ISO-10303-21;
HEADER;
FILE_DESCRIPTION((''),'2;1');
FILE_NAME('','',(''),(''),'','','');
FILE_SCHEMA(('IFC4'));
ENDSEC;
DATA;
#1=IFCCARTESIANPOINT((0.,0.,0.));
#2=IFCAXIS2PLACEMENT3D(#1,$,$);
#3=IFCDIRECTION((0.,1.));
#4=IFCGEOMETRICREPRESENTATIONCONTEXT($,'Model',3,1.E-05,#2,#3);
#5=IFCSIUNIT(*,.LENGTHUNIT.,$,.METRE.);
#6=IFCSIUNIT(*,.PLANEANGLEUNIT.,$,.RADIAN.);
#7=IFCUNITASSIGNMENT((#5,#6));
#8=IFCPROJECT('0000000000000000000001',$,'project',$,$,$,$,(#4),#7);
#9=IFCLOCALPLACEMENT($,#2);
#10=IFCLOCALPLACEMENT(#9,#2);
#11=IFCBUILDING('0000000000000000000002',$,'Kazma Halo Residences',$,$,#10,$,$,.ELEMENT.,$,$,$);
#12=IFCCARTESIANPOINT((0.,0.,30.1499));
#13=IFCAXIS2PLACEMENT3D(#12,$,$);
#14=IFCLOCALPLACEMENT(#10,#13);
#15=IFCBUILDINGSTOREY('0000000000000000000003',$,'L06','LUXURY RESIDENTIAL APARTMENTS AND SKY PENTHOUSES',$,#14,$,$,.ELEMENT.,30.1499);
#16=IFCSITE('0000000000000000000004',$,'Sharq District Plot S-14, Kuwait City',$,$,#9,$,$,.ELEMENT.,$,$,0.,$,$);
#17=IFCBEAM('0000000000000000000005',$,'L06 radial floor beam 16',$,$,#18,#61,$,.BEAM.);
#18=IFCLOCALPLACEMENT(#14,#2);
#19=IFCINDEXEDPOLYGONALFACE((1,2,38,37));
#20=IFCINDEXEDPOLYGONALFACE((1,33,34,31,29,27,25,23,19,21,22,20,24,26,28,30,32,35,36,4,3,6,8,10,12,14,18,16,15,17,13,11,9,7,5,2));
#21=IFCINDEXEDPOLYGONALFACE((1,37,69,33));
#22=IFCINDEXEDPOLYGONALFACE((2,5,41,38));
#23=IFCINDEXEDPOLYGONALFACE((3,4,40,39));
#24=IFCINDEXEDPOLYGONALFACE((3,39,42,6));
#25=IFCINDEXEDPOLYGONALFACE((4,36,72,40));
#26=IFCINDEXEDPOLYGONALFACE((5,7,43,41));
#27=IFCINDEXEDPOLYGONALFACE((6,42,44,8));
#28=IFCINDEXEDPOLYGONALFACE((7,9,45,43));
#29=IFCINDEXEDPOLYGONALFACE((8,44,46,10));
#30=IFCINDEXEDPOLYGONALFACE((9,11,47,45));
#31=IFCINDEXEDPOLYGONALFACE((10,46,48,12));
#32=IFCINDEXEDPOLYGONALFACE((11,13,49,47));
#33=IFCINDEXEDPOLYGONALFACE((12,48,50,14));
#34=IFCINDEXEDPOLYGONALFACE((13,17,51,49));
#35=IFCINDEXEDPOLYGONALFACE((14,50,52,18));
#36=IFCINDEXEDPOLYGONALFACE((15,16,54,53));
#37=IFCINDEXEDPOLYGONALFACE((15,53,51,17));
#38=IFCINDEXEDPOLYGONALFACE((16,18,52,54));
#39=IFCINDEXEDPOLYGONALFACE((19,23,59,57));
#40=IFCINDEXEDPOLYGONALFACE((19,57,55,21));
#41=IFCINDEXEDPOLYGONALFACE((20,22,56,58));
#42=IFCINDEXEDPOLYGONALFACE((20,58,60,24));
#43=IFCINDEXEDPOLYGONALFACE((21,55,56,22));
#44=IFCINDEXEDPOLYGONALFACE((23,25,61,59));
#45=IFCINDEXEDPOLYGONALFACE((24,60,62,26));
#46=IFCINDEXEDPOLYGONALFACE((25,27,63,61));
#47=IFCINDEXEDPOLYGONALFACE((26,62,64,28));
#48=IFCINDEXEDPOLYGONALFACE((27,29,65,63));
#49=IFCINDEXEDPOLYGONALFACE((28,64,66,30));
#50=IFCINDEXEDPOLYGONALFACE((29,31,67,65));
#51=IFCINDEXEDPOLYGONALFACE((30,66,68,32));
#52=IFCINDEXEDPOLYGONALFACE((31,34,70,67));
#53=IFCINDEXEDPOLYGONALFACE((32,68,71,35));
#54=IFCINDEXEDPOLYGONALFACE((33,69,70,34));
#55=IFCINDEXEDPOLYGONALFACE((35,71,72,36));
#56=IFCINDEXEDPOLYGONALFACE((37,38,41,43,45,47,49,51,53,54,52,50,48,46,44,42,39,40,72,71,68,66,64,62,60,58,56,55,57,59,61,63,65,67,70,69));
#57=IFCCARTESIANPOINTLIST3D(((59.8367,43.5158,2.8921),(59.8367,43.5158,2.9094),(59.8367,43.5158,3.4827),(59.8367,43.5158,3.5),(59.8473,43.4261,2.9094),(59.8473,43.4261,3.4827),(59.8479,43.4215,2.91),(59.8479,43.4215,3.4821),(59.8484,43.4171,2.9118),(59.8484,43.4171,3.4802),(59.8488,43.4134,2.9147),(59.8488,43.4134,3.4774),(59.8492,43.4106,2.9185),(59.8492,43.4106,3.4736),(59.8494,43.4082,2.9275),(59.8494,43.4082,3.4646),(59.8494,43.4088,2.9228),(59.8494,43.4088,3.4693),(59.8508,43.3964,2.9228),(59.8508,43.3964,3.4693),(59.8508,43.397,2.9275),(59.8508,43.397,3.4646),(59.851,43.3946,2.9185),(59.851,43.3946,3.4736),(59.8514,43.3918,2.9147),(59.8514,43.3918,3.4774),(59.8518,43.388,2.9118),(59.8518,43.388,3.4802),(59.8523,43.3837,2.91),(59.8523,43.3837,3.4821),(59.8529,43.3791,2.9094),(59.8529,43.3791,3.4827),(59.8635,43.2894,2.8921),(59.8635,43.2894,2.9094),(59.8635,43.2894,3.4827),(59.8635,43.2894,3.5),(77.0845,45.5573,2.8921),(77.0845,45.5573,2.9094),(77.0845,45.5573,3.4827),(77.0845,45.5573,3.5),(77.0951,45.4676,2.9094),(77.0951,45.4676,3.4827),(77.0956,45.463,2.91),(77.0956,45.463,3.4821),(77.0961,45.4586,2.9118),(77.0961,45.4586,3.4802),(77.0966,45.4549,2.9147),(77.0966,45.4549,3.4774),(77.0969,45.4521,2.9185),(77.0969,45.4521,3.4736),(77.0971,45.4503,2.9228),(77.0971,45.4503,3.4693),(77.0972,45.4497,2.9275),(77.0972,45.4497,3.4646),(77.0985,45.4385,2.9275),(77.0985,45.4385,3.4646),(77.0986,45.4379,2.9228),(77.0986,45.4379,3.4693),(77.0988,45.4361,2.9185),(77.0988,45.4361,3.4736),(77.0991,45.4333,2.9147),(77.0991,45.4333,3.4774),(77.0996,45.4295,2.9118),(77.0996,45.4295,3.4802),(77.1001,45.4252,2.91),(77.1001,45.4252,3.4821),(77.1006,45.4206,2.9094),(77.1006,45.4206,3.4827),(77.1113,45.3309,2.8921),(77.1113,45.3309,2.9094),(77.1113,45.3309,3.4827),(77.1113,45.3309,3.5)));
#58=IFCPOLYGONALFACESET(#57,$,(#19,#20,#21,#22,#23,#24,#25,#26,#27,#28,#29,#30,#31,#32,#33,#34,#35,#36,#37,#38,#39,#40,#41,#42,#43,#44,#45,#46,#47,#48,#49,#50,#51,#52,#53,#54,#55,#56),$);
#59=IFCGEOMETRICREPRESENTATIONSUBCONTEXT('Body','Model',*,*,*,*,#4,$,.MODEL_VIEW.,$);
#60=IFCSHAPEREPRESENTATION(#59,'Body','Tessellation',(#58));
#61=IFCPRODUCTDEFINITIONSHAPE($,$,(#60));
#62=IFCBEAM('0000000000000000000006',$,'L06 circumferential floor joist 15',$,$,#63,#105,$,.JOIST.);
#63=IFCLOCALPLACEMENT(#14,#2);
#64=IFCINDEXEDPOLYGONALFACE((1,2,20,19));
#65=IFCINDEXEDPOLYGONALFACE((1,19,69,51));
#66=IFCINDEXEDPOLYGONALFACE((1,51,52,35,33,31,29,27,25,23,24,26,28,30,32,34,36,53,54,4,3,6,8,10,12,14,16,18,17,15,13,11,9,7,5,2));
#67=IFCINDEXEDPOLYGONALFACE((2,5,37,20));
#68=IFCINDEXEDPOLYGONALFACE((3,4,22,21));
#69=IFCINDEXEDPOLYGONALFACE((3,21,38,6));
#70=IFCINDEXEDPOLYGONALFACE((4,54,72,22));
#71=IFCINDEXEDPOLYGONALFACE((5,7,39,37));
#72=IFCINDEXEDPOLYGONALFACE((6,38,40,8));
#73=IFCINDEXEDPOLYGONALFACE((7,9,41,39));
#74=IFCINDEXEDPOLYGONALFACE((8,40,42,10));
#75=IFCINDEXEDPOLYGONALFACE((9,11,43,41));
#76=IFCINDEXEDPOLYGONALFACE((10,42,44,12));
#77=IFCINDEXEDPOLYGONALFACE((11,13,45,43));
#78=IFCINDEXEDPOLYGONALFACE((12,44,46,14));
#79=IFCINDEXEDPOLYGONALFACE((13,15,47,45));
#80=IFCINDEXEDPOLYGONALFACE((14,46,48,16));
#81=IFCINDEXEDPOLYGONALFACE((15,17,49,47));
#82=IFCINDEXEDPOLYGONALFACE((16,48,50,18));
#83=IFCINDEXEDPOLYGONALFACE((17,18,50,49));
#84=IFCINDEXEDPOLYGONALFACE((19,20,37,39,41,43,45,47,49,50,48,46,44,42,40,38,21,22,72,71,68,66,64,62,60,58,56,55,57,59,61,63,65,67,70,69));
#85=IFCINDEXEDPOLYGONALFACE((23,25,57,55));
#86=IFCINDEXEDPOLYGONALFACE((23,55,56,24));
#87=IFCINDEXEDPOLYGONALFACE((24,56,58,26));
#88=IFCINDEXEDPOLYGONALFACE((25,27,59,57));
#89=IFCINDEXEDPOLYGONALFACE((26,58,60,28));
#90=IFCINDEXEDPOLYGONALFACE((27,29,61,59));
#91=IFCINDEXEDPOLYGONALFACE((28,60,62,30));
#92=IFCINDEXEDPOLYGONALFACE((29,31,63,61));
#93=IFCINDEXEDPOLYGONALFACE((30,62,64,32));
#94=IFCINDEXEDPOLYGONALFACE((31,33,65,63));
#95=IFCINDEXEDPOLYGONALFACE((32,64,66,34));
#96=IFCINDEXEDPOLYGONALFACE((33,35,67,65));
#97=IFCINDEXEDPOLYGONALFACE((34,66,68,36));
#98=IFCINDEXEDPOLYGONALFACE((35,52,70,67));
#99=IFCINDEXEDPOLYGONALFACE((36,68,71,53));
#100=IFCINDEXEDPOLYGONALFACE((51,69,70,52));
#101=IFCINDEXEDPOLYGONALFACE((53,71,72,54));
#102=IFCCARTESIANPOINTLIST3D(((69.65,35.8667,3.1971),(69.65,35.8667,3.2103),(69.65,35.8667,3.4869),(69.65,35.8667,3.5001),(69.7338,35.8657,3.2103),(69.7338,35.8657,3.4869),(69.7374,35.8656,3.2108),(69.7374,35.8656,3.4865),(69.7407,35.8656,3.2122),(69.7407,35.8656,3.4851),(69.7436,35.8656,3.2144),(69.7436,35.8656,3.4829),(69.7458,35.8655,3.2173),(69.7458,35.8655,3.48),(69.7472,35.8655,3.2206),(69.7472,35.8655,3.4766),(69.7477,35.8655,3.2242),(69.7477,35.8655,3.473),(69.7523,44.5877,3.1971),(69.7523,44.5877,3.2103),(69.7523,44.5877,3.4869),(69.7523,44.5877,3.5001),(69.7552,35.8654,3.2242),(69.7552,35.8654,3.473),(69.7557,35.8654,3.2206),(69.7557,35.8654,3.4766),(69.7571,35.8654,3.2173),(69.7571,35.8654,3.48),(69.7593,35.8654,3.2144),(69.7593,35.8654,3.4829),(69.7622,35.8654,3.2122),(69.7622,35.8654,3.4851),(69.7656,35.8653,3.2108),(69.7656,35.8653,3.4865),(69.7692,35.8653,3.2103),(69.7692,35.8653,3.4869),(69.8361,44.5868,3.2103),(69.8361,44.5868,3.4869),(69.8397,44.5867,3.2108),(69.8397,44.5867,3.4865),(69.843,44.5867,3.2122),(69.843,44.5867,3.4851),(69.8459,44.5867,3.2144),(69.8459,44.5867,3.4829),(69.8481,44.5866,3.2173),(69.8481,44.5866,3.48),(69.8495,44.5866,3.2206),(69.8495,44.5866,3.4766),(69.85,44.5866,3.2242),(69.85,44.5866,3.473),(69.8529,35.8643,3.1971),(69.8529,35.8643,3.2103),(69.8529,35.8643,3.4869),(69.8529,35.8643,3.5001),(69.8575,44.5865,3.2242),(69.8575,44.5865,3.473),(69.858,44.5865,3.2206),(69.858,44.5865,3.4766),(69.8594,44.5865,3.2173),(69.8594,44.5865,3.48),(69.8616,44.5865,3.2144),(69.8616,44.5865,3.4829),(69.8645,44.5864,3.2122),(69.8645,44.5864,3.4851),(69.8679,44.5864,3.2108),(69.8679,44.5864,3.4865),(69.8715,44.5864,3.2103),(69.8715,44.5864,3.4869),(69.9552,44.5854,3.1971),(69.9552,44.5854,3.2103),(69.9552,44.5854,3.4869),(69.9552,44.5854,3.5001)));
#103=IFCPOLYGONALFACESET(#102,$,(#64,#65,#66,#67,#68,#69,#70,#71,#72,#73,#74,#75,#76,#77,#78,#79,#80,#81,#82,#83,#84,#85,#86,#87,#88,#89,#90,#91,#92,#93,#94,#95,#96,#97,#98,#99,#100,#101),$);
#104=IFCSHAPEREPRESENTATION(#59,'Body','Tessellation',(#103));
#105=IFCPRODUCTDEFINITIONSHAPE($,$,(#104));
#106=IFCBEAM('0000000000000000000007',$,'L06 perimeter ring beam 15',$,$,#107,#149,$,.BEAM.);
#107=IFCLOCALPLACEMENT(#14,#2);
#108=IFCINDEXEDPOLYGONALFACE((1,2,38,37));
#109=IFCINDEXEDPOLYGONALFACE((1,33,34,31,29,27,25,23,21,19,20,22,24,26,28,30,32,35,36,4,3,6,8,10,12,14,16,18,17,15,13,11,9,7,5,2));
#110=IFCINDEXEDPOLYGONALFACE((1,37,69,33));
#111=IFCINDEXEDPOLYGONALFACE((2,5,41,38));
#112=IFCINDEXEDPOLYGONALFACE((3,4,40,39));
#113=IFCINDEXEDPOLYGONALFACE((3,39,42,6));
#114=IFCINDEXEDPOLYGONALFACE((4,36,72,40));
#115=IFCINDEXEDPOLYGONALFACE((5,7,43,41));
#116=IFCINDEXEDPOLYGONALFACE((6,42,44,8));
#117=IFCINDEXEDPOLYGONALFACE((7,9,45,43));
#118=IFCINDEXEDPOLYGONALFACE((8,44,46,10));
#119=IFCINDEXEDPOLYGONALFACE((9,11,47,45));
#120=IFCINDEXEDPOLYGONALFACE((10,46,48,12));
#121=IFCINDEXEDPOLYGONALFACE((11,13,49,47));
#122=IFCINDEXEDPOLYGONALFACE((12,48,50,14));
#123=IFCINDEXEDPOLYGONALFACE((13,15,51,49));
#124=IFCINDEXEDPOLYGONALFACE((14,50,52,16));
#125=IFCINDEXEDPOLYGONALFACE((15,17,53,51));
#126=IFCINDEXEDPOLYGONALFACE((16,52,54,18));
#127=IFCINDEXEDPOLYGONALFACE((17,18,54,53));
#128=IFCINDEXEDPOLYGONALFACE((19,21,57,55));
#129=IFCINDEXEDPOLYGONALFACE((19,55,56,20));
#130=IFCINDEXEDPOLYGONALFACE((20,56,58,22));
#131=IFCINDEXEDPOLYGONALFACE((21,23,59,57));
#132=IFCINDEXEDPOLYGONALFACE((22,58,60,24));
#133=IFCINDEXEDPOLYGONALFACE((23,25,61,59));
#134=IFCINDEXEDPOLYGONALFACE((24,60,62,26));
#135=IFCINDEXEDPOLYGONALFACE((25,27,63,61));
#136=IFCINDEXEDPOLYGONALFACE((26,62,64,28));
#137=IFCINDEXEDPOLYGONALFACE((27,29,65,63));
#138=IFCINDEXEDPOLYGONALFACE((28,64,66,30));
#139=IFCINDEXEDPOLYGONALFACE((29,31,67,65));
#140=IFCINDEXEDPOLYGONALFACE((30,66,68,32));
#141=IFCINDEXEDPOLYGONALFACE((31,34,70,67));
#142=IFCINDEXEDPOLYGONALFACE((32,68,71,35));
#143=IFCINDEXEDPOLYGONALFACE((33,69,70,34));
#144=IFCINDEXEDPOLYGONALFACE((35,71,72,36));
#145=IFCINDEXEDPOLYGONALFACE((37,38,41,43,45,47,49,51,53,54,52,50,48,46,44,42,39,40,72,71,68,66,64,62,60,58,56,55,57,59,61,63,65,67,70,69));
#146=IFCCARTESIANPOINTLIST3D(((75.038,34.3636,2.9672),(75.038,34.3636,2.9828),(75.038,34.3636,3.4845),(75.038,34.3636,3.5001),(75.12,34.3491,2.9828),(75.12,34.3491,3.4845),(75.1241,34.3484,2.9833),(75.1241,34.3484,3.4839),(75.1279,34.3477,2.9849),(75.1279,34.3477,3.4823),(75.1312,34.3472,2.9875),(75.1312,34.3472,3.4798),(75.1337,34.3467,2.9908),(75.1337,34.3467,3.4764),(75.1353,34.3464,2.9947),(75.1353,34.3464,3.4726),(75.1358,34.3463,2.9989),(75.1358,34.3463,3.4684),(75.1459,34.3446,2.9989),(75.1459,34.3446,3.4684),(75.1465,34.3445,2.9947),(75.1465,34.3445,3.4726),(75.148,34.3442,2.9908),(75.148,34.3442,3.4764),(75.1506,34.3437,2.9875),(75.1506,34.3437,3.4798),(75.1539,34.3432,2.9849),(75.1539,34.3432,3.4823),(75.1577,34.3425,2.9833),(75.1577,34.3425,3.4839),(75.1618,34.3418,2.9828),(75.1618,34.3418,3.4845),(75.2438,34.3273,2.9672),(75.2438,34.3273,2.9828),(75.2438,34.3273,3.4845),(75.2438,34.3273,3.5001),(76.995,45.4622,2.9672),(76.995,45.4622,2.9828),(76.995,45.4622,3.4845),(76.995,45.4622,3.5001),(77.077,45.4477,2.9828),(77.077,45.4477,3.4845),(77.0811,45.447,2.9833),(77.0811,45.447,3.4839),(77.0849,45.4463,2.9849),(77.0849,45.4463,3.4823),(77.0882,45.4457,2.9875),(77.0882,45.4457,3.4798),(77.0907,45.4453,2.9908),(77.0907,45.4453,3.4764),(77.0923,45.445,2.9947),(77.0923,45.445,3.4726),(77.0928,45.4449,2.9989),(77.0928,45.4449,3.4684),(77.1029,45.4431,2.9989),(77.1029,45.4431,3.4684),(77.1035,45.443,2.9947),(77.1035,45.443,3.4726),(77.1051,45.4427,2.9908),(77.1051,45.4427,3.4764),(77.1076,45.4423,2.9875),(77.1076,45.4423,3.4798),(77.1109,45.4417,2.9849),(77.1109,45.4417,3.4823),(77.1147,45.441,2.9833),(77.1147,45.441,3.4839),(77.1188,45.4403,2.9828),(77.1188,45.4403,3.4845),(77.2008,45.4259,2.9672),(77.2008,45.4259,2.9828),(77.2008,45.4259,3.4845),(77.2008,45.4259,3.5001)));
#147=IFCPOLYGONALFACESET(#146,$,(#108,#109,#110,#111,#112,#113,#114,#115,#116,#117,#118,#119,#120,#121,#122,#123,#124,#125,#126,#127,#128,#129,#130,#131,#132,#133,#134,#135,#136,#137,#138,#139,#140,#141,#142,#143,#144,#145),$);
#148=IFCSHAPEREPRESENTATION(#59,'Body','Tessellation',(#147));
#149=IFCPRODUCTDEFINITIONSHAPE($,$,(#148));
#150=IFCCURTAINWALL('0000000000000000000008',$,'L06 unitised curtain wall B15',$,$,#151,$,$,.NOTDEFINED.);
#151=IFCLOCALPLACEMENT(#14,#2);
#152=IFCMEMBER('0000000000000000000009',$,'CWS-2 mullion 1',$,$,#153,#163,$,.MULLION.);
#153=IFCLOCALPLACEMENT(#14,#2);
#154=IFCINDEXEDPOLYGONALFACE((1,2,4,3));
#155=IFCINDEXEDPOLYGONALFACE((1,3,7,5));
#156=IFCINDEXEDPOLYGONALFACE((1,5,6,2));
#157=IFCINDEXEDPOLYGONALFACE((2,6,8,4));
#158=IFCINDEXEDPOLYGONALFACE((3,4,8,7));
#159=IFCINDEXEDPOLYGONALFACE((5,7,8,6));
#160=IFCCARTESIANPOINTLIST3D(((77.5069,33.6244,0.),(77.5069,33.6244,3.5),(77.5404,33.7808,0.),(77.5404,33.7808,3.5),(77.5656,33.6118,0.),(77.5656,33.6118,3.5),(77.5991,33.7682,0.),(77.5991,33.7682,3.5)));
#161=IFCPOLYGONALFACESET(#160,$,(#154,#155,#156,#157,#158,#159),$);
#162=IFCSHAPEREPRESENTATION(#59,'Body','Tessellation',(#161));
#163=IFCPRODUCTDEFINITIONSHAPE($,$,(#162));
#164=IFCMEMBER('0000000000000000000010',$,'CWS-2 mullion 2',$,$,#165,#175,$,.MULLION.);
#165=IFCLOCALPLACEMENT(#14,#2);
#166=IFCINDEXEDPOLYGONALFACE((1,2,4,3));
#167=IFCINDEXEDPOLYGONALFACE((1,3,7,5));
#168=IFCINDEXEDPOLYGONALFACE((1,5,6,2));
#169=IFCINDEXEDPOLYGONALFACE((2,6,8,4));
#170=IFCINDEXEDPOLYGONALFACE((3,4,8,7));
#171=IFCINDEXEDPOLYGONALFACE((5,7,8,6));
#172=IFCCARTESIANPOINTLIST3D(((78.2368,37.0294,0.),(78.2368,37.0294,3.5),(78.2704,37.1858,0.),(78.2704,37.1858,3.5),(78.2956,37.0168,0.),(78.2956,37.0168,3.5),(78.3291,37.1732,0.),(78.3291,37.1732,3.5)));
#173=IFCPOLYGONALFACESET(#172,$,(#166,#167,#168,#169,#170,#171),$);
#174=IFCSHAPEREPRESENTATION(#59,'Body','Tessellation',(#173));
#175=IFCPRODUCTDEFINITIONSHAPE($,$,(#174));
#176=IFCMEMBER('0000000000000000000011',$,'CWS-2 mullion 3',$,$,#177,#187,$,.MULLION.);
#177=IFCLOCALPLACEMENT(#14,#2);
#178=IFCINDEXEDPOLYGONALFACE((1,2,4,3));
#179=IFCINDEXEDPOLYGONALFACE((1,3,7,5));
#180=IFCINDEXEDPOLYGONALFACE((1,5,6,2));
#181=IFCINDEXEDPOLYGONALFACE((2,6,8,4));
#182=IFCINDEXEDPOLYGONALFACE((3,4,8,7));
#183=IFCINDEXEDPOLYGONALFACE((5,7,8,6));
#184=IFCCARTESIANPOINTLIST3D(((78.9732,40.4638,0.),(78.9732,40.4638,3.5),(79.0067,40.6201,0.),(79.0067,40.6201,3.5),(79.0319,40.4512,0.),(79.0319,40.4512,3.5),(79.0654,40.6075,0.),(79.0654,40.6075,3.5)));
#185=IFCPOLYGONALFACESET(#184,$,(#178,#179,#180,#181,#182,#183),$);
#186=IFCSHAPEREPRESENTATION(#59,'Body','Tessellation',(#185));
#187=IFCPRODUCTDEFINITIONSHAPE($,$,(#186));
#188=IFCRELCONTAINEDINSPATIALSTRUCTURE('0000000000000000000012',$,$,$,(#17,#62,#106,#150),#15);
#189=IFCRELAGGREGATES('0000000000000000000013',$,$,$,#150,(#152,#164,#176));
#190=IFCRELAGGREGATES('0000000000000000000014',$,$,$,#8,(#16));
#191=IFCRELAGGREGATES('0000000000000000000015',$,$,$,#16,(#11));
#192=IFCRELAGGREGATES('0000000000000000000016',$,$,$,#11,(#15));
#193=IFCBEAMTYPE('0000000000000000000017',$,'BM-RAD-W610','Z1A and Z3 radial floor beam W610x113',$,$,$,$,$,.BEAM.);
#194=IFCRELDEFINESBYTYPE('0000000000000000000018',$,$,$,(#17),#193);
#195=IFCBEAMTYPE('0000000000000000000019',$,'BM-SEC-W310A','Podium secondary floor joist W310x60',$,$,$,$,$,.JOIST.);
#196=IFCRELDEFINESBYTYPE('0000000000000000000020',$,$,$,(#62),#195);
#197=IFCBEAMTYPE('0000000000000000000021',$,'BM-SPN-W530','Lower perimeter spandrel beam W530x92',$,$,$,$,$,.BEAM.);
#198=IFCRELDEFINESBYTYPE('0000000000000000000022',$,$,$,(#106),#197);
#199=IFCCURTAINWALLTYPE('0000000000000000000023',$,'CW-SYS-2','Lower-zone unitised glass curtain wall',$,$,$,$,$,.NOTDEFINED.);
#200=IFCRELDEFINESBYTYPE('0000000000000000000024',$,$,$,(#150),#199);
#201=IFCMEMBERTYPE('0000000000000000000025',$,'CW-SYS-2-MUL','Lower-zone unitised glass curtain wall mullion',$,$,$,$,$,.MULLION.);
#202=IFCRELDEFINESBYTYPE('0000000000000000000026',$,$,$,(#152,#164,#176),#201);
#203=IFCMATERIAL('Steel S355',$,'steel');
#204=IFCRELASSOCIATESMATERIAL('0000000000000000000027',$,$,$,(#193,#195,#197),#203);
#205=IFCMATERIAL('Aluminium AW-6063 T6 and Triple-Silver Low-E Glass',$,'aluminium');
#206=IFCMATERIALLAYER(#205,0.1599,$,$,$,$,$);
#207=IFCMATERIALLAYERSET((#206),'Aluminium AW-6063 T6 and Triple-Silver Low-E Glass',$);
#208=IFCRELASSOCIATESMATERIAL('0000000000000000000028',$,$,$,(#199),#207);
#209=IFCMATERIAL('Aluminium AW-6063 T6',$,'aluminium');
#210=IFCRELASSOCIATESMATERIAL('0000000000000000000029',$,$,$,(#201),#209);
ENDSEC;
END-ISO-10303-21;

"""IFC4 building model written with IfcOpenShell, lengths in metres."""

from ifc_helpers import new_model, si_unit, direction, frame, origin, origin_2d, place, context, subcontext, project, spatial, rectangle, i_section, extrude, material, layer, layer_set, material_profile, profile_set, type_object, element, aggregate, save


model = new_model("IFC4")

# Units and contexts
model_context = context("Model", 3, precision=1e-05, world=origin(), true_north=direction((0.0, 1.0)))
body_context = subcontext(model_context, "Body", "Model", "MODEL_VIEW")
ifc_project = project(units=[si_unit("LENGTHUNIT", "METRE"), si_unit("PLANEANGLEUNIT", "RADIAN")], contexts=[model_context])

# Site, building, storey
site_placement = place(None, origin())
site = spatial("IfcSite", under=ifc_project, at=site_placement, Name="Sharq District Plot S-14, Kuwait City", CompositionType="ELEMENT", RefElevation=0.0)
building_placement = place(site_placement, origin())
building = spatial("IfcBuilding", under=site, at=building_placement, Name="Kazma Halo Residences", CompositionType="ELEMENT")
storey_placement = place(building_placement, frame((0.0, 0.0, 30.1499)))
storey = spatial("IfcBuildingStorey", under=building, at=storey_placement, Name="L06", Description="LUXURY RESIDENTIAL APARTMENTS AND SKY PENTHOUSES", CompositionType="ELEMENT", Elevation=30.1499)

# Beams
ifc_material_1 = material(Name="Steel S355", Category="steel")
ifc_material_profile_1 = material_profile(ifc_material_1, i_section(OverallWidth=0.228, OverallDepth=0.6079, WebThickness=0.0112, FlangeThickness=0.0173, FilletRadius=0.0181, at=origin_2d()), Name="W610x113")
ifc_profile_set_1 = profile_set([ifc_material_profile_1], Name="Steel S355")
beam_type_1 = type_object("IfcBeamType", Name="BM-RAD-W610", Description="Z1A and Z3 radial floor beam W610x113", PredefinedType="BEAM", material=ifc_profile_set_1)
beam_1_placement = place(storey_placement, frame((59.8501, 43.4026, 3.196), z_axis=(0.993068, 0.117543, 0.0), x_axis=(-0.117543, 0.993068, 0.0)))
element("IfcBeam", 1, at=beam_1_placement, inside=storey, type_object=beam_type_1, Name="L06 radial floor beam 16", PredefinedType="BEAM", context=body_context, shape_type="SweptSolid", body=[
    extrude(i_section(OverallWidth=0.228, OverallDepth=0.6079, WebThickness=0.0112, FlangeThickness=0.0173, FilletRadius=0.0181, at=origin_2d()), origin(), (0.0, 0.0, 1.0), 17.3682),
])
ifc_material_profile_2 = material_profile(ifc_material_1, i_section(OverallWidth=0.2029, OverallDepth=0.303, WebThickness=0.0076, FlangeThickness=0.0132, FilletRadius=0.0139, at=origin_2d()), Name="W310x60")
ifc_profile_set_2 = profile_set([ifc_material_profile_2], Name="Steel S355")
beam_type_2 = type_object("IfcBeamType", Name="BM-SEC-W310A", Description="Podium secondary floor joist W310x60", PredefinedType="JOIST", material=ifc_profile_set_2)
beam_2_placement = place(storey_placement, frame((69.7515, 35.8655, 3.3486), z_axis=(0.011729, 0.999931, 0.0), x_axis=(-0.999931, 0.011729, 0.0)))
element("IfcBeam", 2, at=beam_2_placement, inside=storey, type_object=beam_type_2, Name="L06 circumferential floor joist 15", PredefinedType="JOIST", context=body_context, shape_type="SweptSolid", body=[
    extrude(i_section(OverallWidth=0.2029, OverallDepth=0.303, WebThickness=0.0076, FlangeThickness=0.0132, FilletRadius=0.0139, at=origin_2d()), origin(), (0.0, 0.0, 1.0), 8.7217),
])
ifc_material_profile_3 = material_profile(ifc_material_1, i_section(OverallWidth=0.209, OverallDepth=0.533, WebThickness=0.0103, FlangeThickness=0.0156, FilletRadius=0.0161, at=origin_2d()), Name="W530x92")
ifc_profile_set_3 = profile_set([ifc_material_profile_3], Name="Steel S355")
beam_type_3 = type_object("IfcBeamType", Name="BM-SPN-W530", Description="Lower perimeter spandrel beam W530x92", PredefinedType="BEAM", material=ifc_profile_set_3)
beam_3_placement = place(storey_placement, frame((75.1409, 34.3455, 3.2336), z_axis=(0.173652, 0.984807, 0.0), x_axis=(-0.984807, 0.173652, 0.0)))
element("IfcBeam", 3, at=beam_3_placement, inside=storey, type_object=beam_type_3, Name="L06 perimeter ring beam 15", PredefinedType="BEAM", context=body_context, shape_type="SweptSolid", body=[
    extrude(i_section(OverallWidth=0.209, OverallDepth=0.533, WebThickness=0.0103, FlangeThickness=0.0156, FilletRadius=0.0161, at=origin_2d()), origin(), (0.0, 0.0, 1.0), 11.2698),
])

# Curtain wall, members
ifc_material_2 = material(Name="Aluminium AW-6063 T6 and Triple-Silver Low-E Glass", Category="aluminium")
ifc_layer_1 = layer(ifc_material_2, 0.1599)
ifc_layer_set_1 = layer_set([ifc_layer_1], Name="Aluminium AW-6063 T6 and Triple-Silver Low-E Glass")
curtain_wall_type = type_object("IfcCurtainWallType", Name="CW-SYS-2", Description="Lower-zone unitised glass curtain wall", PredefinedType="NOTDEFINED", material=ifc_layer_set_1)
curtain_wall_placement = place(storey_placement, origin())
curtain_wall = element("IfcCurtainWall", 4, at=curtain_wall_placement, inside=storey, type_object=curtain_wall_type, Name="L06 unitised curtain wall B15", PredefinedType="NOTDEFINED")
ifc_material_3 = material(Name="Aluminium AW-6063 T6", Category="aluminium")
ifc_material_profile_4 = material_profile(ifc_material_3, rectangle(XDim=0.0601, YDim=0.1599, at=origin_2d()), Name="CWM-60x160")
ifc_profile_set_4 = profile_set([ifc_material_profile_4], Name="Aluminium AW-6063 T6")
member_type_1 = type_object("IfcMemberType", Name="CW-SYS-2-MUL", Description="Lower-zone unitised glass curtain wall mullion", PredefinedType="MULLION", material=ifc_profile_set_4)
member_1_placement = place(storey_placement, frame((77.553, 33.6963, 0.0), z_axis=(0.0, 0.0, 1.0), x_axis=(-0.977779, 0.209637, 0.0)))
member_1 = element("IfcMember", 5, at=member_1_placement, type_object=member_type_1, Name="CWS-2 mullion 1", PredefinedType="MULLION", context=body_context, shape_type="SweptSolid", body=[
    extrude(rectangle(XDim=0.0601, YDim=0.1599, at=origin_2d()), origin(), (0.0, 0.0, 1.0), 3.5),
])
member_2_placement = place(storey_placement, frame((78.283, 37.1013, 0.0), z_axis=(0.0, 0.0, 1.0), x_axis=(-0.977779, 0.209637, 0.0)))
member_2 = element("IfcMember", 6, at=member_2_placement, type_object=member_type_1, Name="CWS-2 mullion 2", PredefinedType="MULLION", context=body_context, shape_type="SweptSolid", body=[
    extrude(rectangle(XDim=0.0601, YDim=0.1599, at=origin_2d()), origin(), (0.0, 0.0, 1.0), 3.5),
])
member_3_placement = place(storey_placement, frame((79.0193, 40.5356, 0.0), z_axis=(0.0, 0.0, 1.0), x_axis=(-0.977779, 0.209637, 0.0)))
member_3 = element("IfcMember", 7, at=member_3_placement, type_object=member_type_1, Name="CWS-2 mullion 3", PredefinedType="MULLION", context=body_context, shape_type="SweptSolid", body=[
    extrude(rectangle(XDim=0.0601, YDim=0.1599, at=origin_2d()), origin(), (0.0, 0.0, 1.0), 3.5),
])
aggregate(curtain_wall, [member_1, member_2, member_3])

save(model, "model.ifc")
